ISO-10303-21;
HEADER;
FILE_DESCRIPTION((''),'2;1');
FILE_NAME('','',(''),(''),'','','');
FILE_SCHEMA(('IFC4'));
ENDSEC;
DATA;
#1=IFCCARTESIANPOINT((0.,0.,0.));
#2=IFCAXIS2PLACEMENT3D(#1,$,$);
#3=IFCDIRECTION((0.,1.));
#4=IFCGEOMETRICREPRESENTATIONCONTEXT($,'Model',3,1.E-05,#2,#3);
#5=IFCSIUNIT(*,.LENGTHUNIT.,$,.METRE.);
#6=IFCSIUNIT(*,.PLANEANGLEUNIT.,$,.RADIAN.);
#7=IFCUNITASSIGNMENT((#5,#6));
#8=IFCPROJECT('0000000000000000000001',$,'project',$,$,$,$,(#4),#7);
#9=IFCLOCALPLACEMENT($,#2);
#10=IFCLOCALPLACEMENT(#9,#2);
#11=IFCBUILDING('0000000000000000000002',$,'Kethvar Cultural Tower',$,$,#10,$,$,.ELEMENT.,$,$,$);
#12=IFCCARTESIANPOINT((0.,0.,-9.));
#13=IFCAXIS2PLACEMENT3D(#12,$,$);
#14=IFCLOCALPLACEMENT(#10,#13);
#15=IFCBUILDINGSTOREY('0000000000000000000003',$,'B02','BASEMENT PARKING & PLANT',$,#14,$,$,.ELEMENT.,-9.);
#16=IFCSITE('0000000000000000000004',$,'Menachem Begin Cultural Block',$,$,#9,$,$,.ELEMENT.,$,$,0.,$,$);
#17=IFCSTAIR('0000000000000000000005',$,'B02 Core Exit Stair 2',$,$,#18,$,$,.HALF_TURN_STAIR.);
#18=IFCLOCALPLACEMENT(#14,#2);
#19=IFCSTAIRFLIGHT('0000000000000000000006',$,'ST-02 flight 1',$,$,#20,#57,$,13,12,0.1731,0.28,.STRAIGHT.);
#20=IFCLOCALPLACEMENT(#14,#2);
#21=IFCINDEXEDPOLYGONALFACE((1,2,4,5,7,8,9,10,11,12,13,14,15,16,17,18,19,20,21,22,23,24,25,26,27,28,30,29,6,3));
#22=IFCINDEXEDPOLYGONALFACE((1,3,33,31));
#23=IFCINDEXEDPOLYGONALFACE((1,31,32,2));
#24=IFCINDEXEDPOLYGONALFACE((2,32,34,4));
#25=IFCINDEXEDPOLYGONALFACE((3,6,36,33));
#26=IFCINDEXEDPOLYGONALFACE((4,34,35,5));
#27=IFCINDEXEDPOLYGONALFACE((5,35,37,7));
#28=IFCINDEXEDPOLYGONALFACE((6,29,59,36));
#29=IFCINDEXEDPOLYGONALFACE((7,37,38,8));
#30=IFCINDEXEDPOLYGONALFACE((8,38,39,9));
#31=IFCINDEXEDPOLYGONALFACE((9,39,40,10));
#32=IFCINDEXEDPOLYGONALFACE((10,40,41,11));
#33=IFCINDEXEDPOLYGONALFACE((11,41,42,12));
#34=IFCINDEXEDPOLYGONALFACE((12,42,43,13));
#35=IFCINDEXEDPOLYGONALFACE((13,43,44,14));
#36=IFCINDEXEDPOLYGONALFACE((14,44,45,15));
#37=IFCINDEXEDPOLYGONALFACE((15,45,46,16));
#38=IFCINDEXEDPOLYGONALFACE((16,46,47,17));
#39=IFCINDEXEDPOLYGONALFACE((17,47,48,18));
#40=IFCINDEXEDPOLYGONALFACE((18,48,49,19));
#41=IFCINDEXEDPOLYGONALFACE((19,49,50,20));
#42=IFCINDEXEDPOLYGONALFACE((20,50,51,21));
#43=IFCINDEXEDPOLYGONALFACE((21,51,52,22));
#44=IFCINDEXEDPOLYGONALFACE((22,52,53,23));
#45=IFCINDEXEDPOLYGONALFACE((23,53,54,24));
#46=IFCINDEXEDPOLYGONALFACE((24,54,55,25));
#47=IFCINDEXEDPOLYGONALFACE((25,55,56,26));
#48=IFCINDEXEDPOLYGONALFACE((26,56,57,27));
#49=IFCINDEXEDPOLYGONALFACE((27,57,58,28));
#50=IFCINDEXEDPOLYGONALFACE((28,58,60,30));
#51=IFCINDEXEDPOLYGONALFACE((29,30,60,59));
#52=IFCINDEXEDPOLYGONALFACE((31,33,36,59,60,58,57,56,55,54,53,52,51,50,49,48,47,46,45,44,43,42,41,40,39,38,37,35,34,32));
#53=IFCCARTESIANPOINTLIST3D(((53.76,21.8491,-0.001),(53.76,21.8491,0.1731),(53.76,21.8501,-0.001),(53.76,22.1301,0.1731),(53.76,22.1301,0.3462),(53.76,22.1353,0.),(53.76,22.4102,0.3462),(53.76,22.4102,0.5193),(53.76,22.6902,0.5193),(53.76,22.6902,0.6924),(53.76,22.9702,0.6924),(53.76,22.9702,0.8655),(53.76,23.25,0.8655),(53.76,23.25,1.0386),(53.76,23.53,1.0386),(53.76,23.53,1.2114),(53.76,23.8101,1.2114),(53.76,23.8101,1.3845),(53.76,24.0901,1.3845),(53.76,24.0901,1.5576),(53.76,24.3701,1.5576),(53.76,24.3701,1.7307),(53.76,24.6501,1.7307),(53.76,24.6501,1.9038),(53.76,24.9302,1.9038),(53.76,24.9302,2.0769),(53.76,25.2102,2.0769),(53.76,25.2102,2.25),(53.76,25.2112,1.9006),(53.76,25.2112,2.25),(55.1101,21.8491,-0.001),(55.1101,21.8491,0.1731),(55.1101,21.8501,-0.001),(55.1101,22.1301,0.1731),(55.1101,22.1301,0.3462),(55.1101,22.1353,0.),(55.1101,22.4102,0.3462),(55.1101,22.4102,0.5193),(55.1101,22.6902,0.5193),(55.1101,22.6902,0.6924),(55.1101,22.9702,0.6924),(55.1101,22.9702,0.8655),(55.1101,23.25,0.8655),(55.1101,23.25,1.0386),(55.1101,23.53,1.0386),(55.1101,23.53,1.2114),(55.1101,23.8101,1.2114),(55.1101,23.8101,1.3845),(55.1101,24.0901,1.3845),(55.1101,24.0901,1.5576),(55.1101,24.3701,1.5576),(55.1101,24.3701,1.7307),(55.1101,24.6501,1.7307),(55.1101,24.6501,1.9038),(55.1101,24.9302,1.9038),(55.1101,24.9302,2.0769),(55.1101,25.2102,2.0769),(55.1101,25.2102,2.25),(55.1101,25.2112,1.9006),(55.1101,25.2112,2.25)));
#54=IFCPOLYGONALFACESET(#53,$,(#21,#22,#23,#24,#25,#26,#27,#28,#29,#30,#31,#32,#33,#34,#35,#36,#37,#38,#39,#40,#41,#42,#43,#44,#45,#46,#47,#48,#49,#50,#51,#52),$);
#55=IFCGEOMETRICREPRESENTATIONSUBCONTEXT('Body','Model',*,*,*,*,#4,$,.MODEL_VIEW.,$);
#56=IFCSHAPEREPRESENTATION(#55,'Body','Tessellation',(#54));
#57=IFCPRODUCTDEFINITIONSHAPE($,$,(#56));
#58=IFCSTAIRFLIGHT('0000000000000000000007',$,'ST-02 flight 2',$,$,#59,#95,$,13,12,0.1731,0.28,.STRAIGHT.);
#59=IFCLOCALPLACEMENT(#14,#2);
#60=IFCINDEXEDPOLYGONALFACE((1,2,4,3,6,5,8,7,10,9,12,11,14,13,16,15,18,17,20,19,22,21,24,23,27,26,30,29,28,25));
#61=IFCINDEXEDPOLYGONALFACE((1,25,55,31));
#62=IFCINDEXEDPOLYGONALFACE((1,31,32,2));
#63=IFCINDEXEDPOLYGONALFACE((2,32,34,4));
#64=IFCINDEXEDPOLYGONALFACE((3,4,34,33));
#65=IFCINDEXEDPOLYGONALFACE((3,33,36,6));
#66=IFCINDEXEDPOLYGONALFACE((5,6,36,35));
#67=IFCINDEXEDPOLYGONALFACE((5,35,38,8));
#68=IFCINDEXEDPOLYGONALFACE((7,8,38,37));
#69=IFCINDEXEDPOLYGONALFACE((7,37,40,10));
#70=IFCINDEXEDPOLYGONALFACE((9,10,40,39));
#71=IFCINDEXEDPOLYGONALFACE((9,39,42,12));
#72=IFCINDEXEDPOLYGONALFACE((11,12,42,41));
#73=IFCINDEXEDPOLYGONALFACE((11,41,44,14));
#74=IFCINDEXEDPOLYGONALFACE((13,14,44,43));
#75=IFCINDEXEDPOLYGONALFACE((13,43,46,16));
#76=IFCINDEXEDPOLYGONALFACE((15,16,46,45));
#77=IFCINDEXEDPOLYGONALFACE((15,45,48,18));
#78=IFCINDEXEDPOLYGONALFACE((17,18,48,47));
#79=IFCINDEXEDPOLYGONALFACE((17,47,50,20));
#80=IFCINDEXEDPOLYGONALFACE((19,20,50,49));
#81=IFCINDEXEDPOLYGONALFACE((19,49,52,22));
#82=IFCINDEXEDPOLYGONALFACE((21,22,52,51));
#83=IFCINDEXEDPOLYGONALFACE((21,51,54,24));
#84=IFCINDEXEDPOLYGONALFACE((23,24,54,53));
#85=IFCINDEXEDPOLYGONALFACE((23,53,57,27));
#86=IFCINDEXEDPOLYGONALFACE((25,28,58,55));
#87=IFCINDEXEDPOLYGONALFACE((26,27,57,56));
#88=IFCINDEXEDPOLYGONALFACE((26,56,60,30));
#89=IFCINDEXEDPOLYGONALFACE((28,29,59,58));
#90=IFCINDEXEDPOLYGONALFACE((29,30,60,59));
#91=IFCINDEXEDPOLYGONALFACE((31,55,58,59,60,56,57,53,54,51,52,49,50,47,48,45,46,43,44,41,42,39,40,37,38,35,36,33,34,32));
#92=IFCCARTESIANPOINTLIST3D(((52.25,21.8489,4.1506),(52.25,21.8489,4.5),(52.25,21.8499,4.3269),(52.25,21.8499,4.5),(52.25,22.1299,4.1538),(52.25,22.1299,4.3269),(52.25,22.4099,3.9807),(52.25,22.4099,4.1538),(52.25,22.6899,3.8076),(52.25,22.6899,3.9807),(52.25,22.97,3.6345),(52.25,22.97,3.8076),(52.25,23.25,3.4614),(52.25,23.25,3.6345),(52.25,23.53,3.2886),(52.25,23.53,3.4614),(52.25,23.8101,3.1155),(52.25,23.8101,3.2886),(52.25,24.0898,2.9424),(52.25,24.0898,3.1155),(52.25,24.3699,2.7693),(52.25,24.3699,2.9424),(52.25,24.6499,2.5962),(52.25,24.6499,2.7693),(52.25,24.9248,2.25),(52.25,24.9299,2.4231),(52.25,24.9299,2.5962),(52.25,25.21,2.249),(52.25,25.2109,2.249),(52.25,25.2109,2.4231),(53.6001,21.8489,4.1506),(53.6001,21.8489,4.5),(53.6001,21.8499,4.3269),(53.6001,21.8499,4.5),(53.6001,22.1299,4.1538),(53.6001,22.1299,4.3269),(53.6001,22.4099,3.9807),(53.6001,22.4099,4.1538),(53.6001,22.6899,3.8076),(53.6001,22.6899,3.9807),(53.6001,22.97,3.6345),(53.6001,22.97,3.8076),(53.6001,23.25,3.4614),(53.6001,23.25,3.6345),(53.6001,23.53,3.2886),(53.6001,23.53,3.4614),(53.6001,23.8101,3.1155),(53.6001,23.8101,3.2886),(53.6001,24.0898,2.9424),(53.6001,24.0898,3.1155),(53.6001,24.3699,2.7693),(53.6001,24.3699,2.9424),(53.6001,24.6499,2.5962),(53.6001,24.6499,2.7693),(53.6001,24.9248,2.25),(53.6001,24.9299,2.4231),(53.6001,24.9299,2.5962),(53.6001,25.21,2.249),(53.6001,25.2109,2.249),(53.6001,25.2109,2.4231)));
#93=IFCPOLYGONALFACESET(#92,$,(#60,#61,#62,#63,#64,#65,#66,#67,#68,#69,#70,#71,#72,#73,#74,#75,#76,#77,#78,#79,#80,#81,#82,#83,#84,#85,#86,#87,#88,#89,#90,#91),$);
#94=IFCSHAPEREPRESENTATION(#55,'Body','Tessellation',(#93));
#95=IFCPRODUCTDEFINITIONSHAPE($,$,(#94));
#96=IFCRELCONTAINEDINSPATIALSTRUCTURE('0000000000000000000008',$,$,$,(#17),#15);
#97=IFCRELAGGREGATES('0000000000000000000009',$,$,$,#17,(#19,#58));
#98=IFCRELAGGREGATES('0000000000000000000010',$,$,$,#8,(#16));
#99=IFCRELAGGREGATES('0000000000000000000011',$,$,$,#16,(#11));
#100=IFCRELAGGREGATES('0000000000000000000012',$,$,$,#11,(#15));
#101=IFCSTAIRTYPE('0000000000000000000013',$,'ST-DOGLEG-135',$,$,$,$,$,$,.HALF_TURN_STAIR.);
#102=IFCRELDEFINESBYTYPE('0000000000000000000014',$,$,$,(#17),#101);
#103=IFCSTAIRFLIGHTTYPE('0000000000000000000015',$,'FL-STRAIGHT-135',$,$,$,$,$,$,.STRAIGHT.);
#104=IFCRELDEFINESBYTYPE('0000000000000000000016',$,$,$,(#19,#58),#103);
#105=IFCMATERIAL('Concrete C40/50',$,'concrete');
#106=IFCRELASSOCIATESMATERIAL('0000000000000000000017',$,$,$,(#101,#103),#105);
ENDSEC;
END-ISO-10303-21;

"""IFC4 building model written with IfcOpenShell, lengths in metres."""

from ifc_helpers import new_model, si_unit, direction, frame, origin, place, context, subcontext, project, spatial, polyline, outline, extrude, material, type_object, element, aggregate, save


model = new_model("IFC4")

# Units and contexts
model_context = context("Model", 3, precision=1e-05, world=origin(), true_north=direction((0.0, 1.0)))
body_context = subcontext(model_context, "Body", "Model", "MODEL_VIEW")
ifc_project = project(units=[si_unit("LENGTHUNIT", "METRE"), si_unit("PLANEANGLEUNIT", "RADIAN")], contexts=[model_context])

# Site, building, storey
site_placement = place(None, origin())
site = spatial("IfcSite", under=ifc_project, at=site_placement, Name="Menachem Begin Cultural Block", CompositionType="ELEMENT", RefElevation=0.0)
building_placement = place(site_placement, origin())
building = spatial("IfcBuilding", under=site, at=building_placement, Name="Kethvar Cultural Tower", CompositionType="ELEMENT")
storey_placement = place(building_placement, frame((0.0, 0.0, -9.0)))
storey = spatial("IfcBuildingStorey", under=building, at=storey_placement, Name="B02", Description="BASEMENT PARKING & PLANT", CompositionType="ELEMENT", Elevation=-9.0)

# Stair, stair flights
ifc_material_1 = material(Name="Concrete C40/50", Category="concrete")
stair_type = type_object("IfcStairType", Name="ST-DOGLEG-135", PredefinedType="HALF_TURN_STAIR", material=ifc_material_1)
stair_placement = place(storey_placement, origin())
stair = element("IfcStair", 1, at=stair_placement, inside=storey, type_object=stair_type, Name="B02 Core Exit Stair 2", PredefinedType="HALF_TURN_STAIR")
stair_flight_type = type_object("IfcStairFlightType", Name="FL-STRAIGHT-135", PredefinedType="STRAIGHT", material=ifc_material_1)
stair_flight_1_placement = place(storey_placement, frame((54.4351, 21.8501, 0.0), z_axis=(0.0, 0.0, 1.0), x_axis=(0.0, 1.0, 0.0)))
stair_flight_1 = element("IfcStairFlight", 2, at=stair_flight_1_placement, type_object=stair_flight_type, Name="ST-02 flight 1", NumberOfRisers=13, NumberOfTreads=12, PredefinedType="STRAIGHT", RiserHeight=0.1731, TreadLength=0.28, context=body_context, shape_type="SweptSolid", body=[
    extrude(outline(polyline([(-0.001, -0.001), (-0.001, 0.1731), (0.28, 0.1731), (0.28, 0.3462), (0.5601, 0.3462), (0.5601, 0.5193), (0.8401, 0.5193), (0.8401, 0.6924), (1.1201, 0.6924), (1.1201, 0.8655), (1.3999, 0.8655), (1.3999, 1.0386), (1.6799, 1.0386), (1.6799, 1.2114), (1.96, 1.2114), (1.96, 1.3845), (2.24, 1.3845), (2.24, 1.5576), (2.52, 1.5576), (2.52, 1.7307), (2.8, 1.7307), (2.8, 1.9038), (3.0801, 1.9038), (3.0801, 2.0769), (3.3601, 2.0769), (3.3601, 2.25), (3.3611, 2.25), (3.3611, 1.9006), (0.2852, 0.0), (0.0, -0.001), (-0.001, -0.001)])), frame((0.0, 0.675, 0.0), z_axis=(0.0, -1.0, 0.0), x_axis=(1.0, 0.0, 0.0)), (0.0, 0.0, 1.0), 1.3501),
])
stair_flight_2_placement = place(storey_placement, frame((52.925, 25.21, 2.25), z_axis=(0.0, 0.0, 1.0), x_axis=(0.0, -1.0, 0.0)))
stair_flight_2 = element("IfcStairFlight", 3, at=stair_flight_2_placement, type_object=stair_flight_type, Name="ST-02 flight 2", NumberOfRisers=13, NumberOfTreads=12, PredefinedType="STRAIGHT", RiserHeight=0.1731, TreadLength=0.28, context=body_context, shape_type="SweptSolid", body=[
    extrude(outline(polyline([(-0.001, -0.001), (-0.001, 0.1731), (0.28, 0.1731), (0.28, 0.3462), (0.5601, 0.3462), (0.5601, 0.5193), (0.8401, 0.5193), (0.8401, 0.6924), (1.1201, 0.6924), (1.1201, 0.8655), (1.3999, 0.8655), (1.3999, 1.0386), (1.6799, 1.0386), (1.6799, 1.2114), (1.96, 1.2114), (1.96, 1.3845), (2.24, 1.3845), (2.24, 1.5576), (2.52, 1.5576), (2.52, 1.7307), (2.8, 1.7307), (2.8, 1.9038), (3.0801, 1.9038), (3.0801, 2.0769), (3.3601, 2.0769), (3.3601, 2.25), (3.3611, 2.25), (3.3611, 1.9006), (0.2852, 0.0), (0.0, -0.001), (-0.001, -0.001)])), frame((0.0, 0.675, 0.0), z_axis=(0.0, -1.0, 0.0), x_axis=(1.0, 0.0, 0.0)), (0.0, 0.0, 1.0), 1.3501),
])
aggregate(stair, [stair_flight_1, stair_flight_2])

save(model, "model.ifc")
